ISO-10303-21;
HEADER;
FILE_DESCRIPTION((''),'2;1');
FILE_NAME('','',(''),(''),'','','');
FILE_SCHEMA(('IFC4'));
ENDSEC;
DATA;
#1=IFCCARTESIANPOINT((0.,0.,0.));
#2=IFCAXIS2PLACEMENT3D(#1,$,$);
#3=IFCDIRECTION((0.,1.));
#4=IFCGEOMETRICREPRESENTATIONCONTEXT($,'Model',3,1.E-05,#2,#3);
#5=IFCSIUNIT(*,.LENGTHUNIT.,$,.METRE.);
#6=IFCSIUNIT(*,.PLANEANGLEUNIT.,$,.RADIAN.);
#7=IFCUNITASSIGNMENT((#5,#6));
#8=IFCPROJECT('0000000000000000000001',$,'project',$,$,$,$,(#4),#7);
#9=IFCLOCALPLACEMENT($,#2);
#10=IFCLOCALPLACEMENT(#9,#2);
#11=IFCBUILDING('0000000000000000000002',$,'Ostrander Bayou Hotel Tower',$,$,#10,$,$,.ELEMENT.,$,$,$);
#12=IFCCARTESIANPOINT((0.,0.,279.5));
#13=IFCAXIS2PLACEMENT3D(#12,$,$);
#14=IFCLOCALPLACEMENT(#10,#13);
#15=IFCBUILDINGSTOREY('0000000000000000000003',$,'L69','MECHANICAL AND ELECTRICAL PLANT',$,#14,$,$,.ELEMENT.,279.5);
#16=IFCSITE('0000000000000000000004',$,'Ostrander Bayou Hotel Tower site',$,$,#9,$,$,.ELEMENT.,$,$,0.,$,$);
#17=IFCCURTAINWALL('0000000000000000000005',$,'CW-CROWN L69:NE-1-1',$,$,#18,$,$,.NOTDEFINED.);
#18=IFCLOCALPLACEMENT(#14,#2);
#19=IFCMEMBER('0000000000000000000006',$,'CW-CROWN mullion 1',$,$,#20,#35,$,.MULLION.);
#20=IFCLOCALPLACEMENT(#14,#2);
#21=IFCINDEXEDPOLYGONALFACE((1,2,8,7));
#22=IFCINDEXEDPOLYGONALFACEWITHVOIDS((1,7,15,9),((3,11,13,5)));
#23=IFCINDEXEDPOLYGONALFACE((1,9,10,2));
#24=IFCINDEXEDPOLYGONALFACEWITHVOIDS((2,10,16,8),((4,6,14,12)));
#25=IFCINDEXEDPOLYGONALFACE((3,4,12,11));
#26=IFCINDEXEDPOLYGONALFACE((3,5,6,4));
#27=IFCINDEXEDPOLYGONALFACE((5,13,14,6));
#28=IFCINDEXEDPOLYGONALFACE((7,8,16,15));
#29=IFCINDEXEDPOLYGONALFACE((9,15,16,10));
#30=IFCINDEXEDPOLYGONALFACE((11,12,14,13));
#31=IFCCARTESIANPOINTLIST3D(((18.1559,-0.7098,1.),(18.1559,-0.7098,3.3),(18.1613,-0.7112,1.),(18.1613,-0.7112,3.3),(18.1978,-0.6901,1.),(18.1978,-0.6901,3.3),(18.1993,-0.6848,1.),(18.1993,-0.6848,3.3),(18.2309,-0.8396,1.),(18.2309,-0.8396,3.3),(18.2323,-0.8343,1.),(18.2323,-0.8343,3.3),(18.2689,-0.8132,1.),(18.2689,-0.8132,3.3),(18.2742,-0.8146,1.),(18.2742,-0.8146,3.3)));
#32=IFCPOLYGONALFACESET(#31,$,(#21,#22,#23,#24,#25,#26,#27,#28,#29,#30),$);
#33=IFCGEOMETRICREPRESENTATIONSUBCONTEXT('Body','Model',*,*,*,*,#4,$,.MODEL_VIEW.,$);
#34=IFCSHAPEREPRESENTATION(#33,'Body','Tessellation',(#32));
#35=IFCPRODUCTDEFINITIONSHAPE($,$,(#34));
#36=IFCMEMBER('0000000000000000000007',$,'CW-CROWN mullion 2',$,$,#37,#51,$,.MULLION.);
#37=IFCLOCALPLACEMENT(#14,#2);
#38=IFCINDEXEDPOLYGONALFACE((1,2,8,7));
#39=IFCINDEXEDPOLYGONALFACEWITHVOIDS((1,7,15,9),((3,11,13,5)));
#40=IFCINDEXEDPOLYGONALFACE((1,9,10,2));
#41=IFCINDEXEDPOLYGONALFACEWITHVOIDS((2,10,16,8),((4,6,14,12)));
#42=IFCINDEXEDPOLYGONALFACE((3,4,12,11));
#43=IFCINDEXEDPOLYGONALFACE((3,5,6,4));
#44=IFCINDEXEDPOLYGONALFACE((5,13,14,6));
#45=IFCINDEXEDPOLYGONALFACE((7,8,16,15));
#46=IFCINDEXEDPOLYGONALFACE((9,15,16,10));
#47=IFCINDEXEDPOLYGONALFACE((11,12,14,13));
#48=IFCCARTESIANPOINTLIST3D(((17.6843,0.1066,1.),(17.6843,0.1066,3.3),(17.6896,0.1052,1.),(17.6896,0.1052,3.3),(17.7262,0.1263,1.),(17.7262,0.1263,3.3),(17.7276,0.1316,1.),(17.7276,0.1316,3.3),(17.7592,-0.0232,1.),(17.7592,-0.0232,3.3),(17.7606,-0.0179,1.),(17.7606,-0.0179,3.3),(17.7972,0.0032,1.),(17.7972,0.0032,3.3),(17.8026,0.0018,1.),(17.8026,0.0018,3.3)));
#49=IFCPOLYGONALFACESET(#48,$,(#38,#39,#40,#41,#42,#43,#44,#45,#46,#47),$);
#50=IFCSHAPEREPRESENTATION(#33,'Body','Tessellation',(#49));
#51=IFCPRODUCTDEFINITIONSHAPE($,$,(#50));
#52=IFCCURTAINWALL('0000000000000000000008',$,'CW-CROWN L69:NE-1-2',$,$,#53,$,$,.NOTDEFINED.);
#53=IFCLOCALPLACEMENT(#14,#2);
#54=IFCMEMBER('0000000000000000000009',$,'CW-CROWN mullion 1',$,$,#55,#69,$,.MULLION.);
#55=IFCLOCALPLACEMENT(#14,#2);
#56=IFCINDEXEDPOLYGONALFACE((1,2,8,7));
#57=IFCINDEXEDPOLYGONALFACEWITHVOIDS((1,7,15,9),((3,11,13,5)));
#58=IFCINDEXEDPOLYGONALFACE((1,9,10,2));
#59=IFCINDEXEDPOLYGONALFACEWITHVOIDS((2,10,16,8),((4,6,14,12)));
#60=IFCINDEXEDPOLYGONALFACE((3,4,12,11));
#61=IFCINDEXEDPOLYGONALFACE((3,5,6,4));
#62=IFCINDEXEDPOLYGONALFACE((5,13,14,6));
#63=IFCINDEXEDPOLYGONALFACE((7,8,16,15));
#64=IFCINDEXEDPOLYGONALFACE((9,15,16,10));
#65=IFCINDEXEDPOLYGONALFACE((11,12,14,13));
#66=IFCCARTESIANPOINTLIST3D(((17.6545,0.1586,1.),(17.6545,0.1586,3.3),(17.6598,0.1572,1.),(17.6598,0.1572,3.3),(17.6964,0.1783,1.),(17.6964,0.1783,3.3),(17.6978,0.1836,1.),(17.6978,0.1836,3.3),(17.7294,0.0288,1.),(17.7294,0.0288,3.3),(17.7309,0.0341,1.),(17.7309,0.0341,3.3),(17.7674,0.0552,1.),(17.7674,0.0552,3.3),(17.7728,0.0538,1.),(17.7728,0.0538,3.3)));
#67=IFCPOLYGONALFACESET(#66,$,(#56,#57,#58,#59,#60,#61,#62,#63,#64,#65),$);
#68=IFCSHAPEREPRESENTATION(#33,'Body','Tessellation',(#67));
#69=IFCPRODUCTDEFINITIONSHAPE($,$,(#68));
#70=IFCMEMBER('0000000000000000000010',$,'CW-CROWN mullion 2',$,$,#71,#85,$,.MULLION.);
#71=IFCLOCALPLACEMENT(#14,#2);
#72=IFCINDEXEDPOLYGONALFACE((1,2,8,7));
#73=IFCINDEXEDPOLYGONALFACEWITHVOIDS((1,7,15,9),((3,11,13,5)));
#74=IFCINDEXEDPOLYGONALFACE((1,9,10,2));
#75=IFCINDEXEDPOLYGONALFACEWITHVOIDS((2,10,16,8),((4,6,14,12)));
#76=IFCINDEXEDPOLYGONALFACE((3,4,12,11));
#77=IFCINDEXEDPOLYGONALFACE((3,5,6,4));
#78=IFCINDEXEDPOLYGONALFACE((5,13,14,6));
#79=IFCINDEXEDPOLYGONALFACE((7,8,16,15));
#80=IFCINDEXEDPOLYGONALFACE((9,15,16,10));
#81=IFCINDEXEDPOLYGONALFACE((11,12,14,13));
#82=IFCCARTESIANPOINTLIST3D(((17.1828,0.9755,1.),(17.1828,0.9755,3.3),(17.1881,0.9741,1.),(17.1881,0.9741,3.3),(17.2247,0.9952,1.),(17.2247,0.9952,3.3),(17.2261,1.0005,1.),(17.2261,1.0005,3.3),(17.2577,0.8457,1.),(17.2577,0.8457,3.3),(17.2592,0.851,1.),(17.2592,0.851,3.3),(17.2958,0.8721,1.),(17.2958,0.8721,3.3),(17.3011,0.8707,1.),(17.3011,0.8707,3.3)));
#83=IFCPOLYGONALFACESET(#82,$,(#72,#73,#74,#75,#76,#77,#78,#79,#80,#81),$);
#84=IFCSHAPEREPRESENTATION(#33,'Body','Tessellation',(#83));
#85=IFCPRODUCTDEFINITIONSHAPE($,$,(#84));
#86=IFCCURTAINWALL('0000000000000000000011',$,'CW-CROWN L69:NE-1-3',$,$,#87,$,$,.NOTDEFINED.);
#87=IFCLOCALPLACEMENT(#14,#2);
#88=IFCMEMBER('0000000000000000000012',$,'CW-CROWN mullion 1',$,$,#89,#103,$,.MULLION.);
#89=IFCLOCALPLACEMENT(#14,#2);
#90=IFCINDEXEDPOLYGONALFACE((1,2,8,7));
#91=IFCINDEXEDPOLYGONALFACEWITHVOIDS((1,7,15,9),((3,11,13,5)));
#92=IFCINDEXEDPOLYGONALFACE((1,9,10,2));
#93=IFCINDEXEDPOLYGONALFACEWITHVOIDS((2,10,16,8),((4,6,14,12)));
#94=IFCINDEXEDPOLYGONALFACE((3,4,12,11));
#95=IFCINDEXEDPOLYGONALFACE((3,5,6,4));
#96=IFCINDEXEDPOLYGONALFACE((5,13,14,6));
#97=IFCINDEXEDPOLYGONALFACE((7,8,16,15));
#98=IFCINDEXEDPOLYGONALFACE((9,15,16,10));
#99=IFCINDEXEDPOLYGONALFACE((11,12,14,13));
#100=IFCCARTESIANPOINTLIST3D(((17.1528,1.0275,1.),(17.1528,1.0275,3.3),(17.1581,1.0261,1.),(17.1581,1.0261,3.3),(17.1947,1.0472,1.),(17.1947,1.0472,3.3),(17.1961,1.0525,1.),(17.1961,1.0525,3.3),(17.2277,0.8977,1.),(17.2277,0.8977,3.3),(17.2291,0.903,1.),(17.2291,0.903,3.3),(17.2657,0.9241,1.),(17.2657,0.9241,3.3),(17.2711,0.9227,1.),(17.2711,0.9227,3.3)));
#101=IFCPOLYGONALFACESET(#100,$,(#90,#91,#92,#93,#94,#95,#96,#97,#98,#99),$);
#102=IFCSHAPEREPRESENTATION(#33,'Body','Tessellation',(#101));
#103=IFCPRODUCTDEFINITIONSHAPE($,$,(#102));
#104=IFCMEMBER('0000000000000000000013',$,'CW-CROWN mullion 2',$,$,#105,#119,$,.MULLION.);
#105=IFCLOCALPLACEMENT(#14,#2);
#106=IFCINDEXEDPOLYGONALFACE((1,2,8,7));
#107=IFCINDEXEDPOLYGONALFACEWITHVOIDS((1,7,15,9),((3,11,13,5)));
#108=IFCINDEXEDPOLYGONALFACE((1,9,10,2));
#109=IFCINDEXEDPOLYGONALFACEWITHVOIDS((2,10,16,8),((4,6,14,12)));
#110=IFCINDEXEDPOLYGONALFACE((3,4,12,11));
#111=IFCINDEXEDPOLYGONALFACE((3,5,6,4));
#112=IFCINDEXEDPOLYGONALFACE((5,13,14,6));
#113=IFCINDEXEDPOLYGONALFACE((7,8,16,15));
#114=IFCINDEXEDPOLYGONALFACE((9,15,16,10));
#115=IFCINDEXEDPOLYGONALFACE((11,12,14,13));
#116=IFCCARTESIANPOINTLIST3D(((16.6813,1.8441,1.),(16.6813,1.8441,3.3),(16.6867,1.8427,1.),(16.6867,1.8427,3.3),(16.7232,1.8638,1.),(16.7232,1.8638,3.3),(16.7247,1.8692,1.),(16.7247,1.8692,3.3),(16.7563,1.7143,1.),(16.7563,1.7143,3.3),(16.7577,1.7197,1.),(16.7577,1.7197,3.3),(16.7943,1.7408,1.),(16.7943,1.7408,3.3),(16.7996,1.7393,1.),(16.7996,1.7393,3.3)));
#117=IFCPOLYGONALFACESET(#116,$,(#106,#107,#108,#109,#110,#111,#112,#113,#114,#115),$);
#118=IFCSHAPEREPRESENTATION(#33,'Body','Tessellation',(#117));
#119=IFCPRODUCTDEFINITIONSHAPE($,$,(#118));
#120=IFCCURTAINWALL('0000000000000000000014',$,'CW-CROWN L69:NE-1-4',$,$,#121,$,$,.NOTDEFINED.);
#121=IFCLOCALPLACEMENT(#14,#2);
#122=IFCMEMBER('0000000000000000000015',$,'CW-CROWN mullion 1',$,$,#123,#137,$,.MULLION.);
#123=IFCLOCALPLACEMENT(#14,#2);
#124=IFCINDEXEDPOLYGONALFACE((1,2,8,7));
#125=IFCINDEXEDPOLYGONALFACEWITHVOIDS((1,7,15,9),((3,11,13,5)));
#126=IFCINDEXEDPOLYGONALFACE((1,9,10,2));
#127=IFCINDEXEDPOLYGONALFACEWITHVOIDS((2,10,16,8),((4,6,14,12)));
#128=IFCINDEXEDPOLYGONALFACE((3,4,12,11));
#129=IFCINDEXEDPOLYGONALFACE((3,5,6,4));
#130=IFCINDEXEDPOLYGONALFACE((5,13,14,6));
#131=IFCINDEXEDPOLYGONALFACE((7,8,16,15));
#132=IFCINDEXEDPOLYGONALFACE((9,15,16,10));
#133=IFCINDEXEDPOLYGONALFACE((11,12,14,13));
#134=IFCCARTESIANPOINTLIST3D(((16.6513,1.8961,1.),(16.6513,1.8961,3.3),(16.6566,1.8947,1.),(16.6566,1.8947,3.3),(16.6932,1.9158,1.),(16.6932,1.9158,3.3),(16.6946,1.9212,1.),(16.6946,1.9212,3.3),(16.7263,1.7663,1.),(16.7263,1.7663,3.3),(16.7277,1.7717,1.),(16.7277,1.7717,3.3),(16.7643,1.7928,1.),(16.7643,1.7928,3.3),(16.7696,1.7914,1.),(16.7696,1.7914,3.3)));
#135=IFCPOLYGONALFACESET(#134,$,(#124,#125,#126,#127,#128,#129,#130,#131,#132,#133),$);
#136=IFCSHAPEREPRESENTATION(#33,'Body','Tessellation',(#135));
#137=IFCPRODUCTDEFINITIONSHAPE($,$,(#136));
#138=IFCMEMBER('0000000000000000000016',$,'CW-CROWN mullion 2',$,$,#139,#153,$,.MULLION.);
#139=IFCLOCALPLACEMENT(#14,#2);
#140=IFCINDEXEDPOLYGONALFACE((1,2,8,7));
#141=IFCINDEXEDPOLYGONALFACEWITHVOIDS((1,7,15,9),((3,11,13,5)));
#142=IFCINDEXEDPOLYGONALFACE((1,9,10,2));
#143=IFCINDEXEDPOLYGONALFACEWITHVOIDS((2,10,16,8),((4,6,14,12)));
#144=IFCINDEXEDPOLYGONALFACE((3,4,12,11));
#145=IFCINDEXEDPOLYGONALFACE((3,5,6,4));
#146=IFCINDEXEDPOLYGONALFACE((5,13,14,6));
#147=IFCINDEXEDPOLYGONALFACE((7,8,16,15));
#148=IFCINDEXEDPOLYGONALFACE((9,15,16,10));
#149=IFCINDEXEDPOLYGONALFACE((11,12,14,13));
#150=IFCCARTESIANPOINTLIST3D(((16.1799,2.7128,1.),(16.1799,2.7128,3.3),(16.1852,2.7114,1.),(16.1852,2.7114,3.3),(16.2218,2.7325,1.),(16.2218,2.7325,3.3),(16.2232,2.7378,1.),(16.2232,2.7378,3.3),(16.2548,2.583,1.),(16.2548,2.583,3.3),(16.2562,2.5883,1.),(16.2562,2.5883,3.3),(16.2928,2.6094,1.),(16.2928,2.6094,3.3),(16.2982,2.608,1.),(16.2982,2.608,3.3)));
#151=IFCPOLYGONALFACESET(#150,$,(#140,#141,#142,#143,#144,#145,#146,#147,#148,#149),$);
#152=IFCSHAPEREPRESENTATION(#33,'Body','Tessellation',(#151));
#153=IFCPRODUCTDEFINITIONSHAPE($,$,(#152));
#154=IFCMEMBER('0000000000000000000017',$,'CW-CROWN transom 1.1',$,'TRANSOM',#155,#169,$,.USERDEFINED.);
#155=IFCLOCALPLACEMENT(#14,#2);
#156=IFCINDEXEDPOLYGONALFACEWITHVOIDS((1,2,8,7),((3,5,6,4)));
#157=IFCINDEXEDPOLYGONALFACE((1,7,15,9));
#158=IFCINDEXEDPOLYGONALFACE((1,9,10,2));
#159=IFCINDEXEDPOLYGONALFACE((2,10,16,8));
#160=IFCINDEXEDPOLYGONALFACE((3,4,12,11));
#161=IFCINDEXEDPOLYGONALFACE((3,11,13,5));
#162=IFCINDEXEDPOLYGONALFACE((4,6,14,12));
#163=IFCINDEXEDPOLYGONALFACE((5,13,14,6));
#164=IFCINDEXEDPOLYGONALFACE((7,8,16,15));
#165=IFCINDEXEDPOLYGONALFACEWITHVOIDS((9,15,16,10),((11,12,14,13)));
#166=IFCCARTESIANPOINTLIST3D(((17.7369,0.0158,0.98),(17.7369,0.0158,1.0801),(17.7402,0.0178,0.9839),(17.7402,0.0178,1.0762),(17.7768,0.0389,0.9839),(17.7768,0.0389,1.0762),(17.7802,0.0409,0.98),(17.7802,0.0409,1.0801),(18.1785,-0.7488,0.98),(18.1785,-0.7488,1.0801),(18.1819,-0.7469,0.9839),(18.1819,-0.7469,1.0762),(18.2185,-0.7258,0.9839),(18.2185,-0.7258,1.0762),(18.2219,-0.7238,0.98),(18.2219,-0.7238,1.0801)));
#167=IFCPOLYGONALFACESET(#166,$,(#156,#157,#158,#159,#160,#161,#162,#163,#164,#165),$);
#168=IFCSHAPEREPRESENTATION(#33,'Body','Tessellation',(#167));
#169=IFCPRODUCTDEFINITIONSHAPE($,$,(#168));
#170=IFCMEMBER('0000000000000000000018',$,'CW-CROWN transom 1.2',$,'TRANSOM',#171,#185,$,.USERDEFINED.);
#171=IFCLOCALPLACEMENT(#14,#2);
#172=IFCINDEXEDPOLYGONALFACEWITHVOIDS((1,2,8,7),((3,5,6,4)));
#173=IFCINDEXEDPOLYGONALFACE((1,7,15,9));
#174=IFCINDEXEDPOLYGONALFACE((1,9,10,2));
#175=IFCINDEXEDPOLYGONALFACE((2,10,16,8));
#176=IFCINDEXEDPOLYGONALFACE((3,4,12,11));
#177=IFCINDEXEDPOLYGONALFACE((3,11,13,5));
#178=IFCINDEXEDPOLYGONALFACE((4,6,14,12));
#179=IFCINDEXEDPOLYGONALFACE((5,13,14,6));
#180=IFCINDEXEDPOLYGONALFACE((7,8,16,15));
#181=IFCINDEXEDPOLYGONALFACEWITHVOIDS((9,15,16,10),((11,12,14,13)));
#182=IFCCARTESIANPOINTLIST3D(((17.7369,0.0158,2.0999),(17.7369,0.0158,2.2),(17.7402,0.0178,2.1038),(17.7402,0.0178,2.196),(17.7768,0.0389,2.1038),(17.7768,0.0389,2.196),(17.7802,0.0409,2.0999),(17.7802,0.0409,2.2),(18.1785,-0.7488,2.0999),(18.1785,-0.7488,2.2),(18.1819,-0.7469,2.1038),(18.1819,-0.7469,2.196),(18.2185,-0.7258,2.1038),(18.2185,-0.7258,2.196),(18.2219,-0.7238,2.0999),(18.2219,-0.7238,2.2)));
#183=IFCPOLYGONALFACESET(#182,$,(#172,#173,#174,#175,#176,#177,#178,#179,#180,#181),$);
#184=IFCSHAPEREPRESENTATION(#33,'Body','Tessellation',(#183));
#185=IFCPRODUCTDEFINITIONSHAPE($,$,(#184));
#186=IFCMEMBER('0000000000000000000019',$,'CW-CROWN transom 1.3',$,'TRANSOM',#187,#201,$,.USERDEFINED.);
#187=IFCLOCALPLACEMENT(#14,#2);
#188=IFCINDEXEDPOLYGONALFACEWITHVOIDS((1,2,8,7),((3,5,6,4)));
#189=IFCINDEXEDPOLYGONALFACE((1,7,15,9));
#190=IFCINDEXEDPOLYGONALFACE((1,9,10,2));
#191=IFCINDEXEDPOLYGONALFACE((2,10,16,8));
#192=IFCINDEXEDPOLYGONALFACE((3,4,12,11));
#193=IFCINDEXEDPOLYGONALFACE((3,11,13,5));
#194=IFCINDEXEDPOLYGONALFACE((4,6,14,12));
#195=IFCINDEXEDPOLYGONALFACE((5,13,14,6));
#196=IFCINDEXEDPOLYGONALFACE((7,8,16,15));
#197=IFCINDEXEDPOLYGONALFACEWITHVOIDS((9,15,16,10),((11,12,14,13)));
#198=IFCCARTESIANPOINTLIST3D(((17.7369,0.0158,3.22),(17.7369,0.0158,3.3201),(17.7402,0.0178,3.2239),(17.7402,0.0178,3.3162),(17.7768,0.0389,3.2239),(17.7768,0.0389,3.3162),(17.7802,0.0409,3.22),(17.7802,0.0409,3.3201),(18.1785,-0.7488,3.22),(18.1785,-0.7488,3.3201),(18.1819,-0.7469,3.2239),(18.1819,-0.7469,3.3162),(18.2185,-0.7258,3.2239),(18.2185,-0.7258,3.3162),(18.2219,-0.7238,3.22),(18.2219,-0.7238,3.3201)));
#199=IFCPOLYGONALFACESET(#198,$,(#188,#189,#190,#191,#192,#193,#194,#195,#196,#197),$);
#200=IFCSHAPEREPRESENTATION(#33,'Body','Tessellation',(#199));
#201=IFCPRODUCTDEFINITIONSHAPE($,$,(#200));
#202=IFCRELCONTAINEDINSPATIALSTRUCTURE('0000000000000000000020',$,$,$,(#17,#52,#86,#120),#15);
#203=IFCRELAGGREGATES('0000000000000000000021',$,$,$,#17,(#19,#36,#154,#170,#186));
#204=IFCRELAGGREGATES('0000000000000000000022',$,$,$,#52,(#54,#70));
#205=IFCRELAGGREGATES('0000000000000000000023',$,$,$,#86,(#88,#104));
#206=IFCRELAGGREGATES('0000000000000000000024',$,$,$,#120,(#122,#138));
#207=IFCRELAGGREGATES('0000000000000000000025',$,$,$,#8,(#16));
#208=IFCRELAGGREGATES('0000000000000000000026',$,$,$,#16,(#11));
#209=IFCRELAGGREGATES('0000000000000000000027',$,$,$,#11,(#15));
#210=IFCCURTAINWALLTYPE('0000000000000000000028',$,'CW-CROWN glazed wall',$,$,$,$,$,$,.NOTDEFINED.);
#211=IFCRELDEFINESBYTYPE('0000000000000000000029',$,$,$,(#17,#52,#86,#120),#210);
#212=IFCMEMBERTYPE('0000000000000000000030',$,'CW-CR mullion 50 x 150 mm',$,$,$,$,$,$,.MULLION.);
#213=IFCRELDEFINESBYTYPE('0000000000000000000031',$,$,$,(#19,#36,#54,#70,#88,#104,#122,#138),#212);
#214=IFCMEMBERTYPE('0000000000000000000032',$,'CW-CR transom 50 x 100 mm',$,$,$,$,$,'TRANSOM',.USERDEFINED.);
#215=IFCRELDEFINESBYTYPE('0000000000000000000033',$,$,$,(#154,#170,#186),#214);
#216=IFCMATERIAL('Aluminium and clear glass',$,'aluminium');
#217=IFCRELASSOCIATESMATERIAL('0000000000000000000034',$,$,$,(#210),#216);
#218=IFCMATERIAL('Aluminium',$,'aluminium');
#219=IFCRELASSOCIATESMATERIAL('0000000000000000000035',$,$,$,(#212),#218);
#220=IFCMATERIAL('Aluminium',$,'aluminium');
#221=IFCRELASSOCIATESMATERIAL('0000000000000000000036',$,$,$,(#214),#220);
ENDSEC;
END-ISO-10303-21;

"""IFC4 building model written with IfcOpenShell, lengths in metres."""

from ifc_helpers import new_model, si_unit, direction, frame, origin, origin_2d, place, context, subcontext, project, spatial, hollow_rectangle, extrude, material, material_profile, profile_set, type_object, element, aggregate, save


model = new_model("IFC4")

# Units and contexts
model_context = context("Model", 3, precision=1e-05, world=origin(), true_north=direction((0.0, 1.0)))
body_context = subcontext(model_context, "Body", "Model", "MODEL_VIEW")
ifc_project = project(units=[si_unit("LENGTHUNIT", "METRE"), si_unit("PLANEANGLEUNIT", "RADIAN")], contexts=[model_context])

# Site, building, storey
site_placement = place(None, origin())
site = spatial("IfcSite", under=ifc_project, at=site_placement, Name="Ostrander Bayou Hotel Tower site", CompositionType="ELEMENT", RefElevation=0.0)
building_placement = place(site_placement, origin())
building = spatial("IfcBuilding", under=site, at=building_placement, Name="Ostrander Bayou Hotel Tower", CompositionType="ELEMENT")
storey_placement = place(building_placement, frame((0.0, 0.0, 279.5)))
storey = spatial("IfcBuildingStorey", under=building, at=storey_placement, Name="L69", Description="MECHANICAL AND ELECTRICAL PLANT", CompositionType="ELEMENT", Elevation=279.5)

# Curtain walls, members
ifc_material_1 = material(Name="Aluminium and clear glass", Category="aluminium")
curtain_wall_type = type_object("IfcCurtainWallType", Name="CW-CROWN glazed wall", PredefinedType="NOTDEFINED", material=ifc_material_1)
curtain_wall_1_placement = place(storey_placement, origin())
curtain_wall_1 = element("IfcCurtainWall", 1, at=curtain_wall_1_placement, inside=storey, type_object=curtain_wall_type, Name="CW-CROWN L69:NE-1-1", PredefinedType="NOTDEFINED")
ifc_material_2 = material(Name="Aluminium", Category="aluminium")
ifc_material_profile_1 = material_profile(ifc_material_2, hollow_rectangle(XDim=0.05, YDim=0.1499, WallThickness=0.0039, at=origin_2d()))
ifc_profile_set_1 = profile_set([ifc_material_profile_1], Name="Aluminium")
member_type_1 = type_object("IfcMemberType", Name="CW-CR mullion 50 x 150 mm", PredefinedType="MULLION", material=ifc_profile_set_1)
member_1_placement = place(storey_placement, frame((18.2151, -0.7622, 1.0), z_axis=(0.0, 0.0, 1.0), x_axis=(-0.865976, -0.500085, 0.0)))
member_1 = element("IfcMember", 2, at=member_1_placement, type_object=member_type_1, Name="CW-CROWN mullion 1", PredefinedType="MULLION", context=body_context, shape_type="SweptSolid", body=[
    extrude(hollow_rectangle(XDim=0.05, YDim=0.1499, WallThickness=0.0039, at=origin_2d()), origin(), (0.0, 0.0, 1.0), 2.3),
])
member_2_placement = place(storey_placement, frame((17.7434, 0.0542, 1.0), z_axis=(0.0, 0.0, 1.0), x_axis=(-0.865976, -0.500085, 0.0)))
member_2 = element("IfcMember", 3, at=member_2_placement, type_object=member_type_1, Name="CW-CROWN mullion 2", PredefinedType="MULLION", context=body_context, shape_type="SweptSolid", body=[
    extrude(hollow_rectangle(XDim=0.05, YDim=0.1499, WallThickness=0.0039, at=origin_2d()), origin(), (0.0, 0.0, 1.0), 2.3),
])
curtain_wall_2_placement = place(storey_placement, origin())
curtain_wall_2 = element("IfcCurtainWall", 4, at=curtain_wall_2_placement, inside=storey, type_object=curtain_wall_type, Name="CW-CROWN L69:NE-1-2", PredefinedType="NOTDEFINED")
member_3_placement = place(storey_placement, frame((17.7136, 0.1062, 1.0), z_axis=(0.0, 0.0, 1.0), x_axis=(-0.866044, -0.499967, 0.0)))
member_3 = element("IfcMember", 5, at=member_3_placement, type_object=member_type_1, Name="CW-CROWN mullion 1", PredefinedType="MULLION", context=body_context, shape_type="SweptSolid", body=[
    extrude(hollow_rectangle(XDim=0.05, YDim=0.1499, WallThickness=0.0039, at=origin_2d()), origin(), (0.0, 0.0, 1.0), 2.3),
])
member_4_placement = place(storey_placement, frame((17.2419, 0.9231, 1.0), z_axis=(0.0, 0.0, 1.0), x_axis=(-0.866044, -0.499967, 0.0)))
member_4 = element("IfcMember", 6, at=member_4_placement, type_object=member_type_1, Name="CW-CROWN mullion 2", PredefinedType="MULLION", context=body_context, shape_type="SweptSolid", body=[
    extrude(hollow_rectangle(XDim=0.05, YDim=0.1499, WallThickness=0.0039, at=origin_2d()), origin(), (0.0, 0.0, 1.0), 2.3),
])
curtain_wall_3_placement = place(storey_placement, origin())
curtain_wall_3 = element("IfcCurtainWall", 7, at=curtain_wall_3_placement, inside=storey, type_object=curtain_wall_type, Name="CW-CROWN L69:NE-1-3", PredefinedType="NOTDEFINED")
member_5_placement = place(storey_placement, frame((17.2119, 0.9751, 1.0), z_axis=(0.0, 0.0, 1.0), x_axis=(-0.866044, -0.499967, 0.0)))
member_5 = element("IfcMember", 8, at=member_5_placement, type_object=member_type_1, Name="CW-CROWN mullion 1", PredefinedType="MULLION", context=body_context, shape_type="SweptSolid", body=[
    extrude(hollow_rectangle(XDim=0.05, YDim=0.1499, WallThickness=0.0039, at=origin_2d()), origin(), (0.0, 0.0, 1.0), 2.3),
])
member_6_placement = place(storey_placement, frame((16.7405, 1.7917, 1.0), z_axis=(0.0, 0.0, 1.0), x_axis=(-0.866044, -0.499967, 0.0)))
member_6 = element("IfcMember", 9, at=member_6_placement, type_object=member_type_1, Name="CW-CROWN mullion 2", PredefinedType="MULLION", context=body_context, shape_type="SweptSolid", body=[
    extrude(hollow_rectangle(XDim=0.05, YDim=0.1499, WallThickness=0.0039, at=origin_2d()), origin(), (0.0, 0.0, 1.0), 2.3),
])
curtain_wall_4_placement = place(storey_placement, origin())
curtain_wall_4 = element("IfcCurtainWall", 10, at=curtain_wall_4_placement, inside=storey, type_object=curtain_wall_type, Name="CW-CROWN L69:NE-1-4", PredefinedType="NOTDEFINED")
member_7_placement = place(storey_placement, frame((16.7104, 1.8438, 1.0), z_axis=(0.0, 0.0, 1.0), x_axis=(-0.86602, -0.50001, 0.0)))
member_7 = element("IfcMember", 11, at=member_7_placement, type_object=member_type_1, Name="CW-CROWN mullion 1", PredefinedType="MULLION", context=body_context, shape_type="SweptSolid", body=[
    extrude(hollow_rectangle(XDim=0.05, YDim=0.1499, WallThickness=0.0039, at=origin_2d()), origin(), (0.0, 0.0, 1.0), 2.3),
])
member_8_placement = place(storey_placement, frame((16.239, 2.6604, 1.0), z_axis=(0.0, 0.0, 1.0), x_axis=(-0.86602, -0.50001, 0.0)))
member_8 = element("IfcMember", 12, at=member_8_placement, type_object=member_type_1, Name="CW-CROWN mullion 2", PredefinedType="MULLION", context=body_context, shape_type="SweptSolid", body=[
    extrude(hollow_rectangle(XDim=0.05, YDim=0.1499, WallThickness=0.0039, at=origin_2d()), origin(), (0.0, 0.0, 1.0), 2.3),
])

# Members
ifc_material_3 = material(Name="Aluminium", Category="aluminium")
ifc_material_profile_2 = material_profile(ifc_material_3, hollow_rectangle(XDim=0.05, YDim=0.1001, WallThickness=0.0039, at=origin_2d()))
ifc_profile_set_2 = profile_set([ifc_material_profile_2], Name="Aluminium")
member_type_2 = type_object("IfcMemberType", Name="CW-CR transom 50 x 100 mm", ElementType="TRANSOM", PredefinedType="USERDEFINED", material=ifc_profile_set_2)
member_9_placement = place(storey_placement, frame((18.2002, -0.7363, 1.03), z_axis=(-0.500153, 0.865937, 0.0), x_axis=(-0.865937, -0.500153, 0.0)))
member_9 = element("IfcMember", 13, at=member_9_placement, type_object=member_type_2, Name="CW-CROWN transom 1.1", ObjectType="TRANSOM", PredefinedType="USERDEFINED", context=body_context, shape_type="SweptSolid", body=[
    extrude(hollow_rectangle(XDim=0.05, YDim=0.1001, WallThickness=0.0039, at=origin_2d()), origin(), (0.0, 0.0, 1.0), 0.8831),
])
member_10_placement = place(storey_placement, frame((18.2002, -0.7363, 2.1499), z_axis=(-0.500153, 0.865937, 0.0), x_axis=(-0.865937, -0.500153, 0.0)))
member_10 = element("IfcMember", 14, at=member_10_placement, type_object=member_type_2, Name="CW-CROWN transom 1.2", ObjectType="TRANSOM", PredefinedType="USERDEFINED", context=body_context, shape_type="SweptSolid", body=[
    extrude(hollow_rectangle(XDim=0.05, YDim=0.1001, WallThickness=0.0039, at=origin_2d()), origin(), (0.0, 0.0, 1.0), 0.8831),
])
member_11_placement = place(storey_placement, frame((18.2002, -0.7363, 3.27), z_axis=(-0.500153, 0.865937, 0.0), x_axis=(-0.865937, -0.500153, 0.0)))
member_11 = element("IfcMember", 15, at=member_11_placement, type_object=member_type_2, Name="CW-CROWN transom 1.3", ObjectType="TRANSOM", PredefinedType="USERDEFINED", context=body_context, shape_type="SweptSolid", body=[
    extrude(hollow_rectangle(XDim=0.05, YDim=0.1001, WallThickness=0.0039, at=origin_2d()), origin(), (0.0, 0.0, 1.0), 0.8831),
])

aggregate(curtain_wall_1, [member_1, member_2, member_9, member_10, member_11])
aggregate(curtain_wall_2, [member_3, member_4])
aggregate(curtain_wall_3, [member_5, member_6])
aggregate(curtain_wall_4, [member_7, member_8])

save(model, "model.ifc")
